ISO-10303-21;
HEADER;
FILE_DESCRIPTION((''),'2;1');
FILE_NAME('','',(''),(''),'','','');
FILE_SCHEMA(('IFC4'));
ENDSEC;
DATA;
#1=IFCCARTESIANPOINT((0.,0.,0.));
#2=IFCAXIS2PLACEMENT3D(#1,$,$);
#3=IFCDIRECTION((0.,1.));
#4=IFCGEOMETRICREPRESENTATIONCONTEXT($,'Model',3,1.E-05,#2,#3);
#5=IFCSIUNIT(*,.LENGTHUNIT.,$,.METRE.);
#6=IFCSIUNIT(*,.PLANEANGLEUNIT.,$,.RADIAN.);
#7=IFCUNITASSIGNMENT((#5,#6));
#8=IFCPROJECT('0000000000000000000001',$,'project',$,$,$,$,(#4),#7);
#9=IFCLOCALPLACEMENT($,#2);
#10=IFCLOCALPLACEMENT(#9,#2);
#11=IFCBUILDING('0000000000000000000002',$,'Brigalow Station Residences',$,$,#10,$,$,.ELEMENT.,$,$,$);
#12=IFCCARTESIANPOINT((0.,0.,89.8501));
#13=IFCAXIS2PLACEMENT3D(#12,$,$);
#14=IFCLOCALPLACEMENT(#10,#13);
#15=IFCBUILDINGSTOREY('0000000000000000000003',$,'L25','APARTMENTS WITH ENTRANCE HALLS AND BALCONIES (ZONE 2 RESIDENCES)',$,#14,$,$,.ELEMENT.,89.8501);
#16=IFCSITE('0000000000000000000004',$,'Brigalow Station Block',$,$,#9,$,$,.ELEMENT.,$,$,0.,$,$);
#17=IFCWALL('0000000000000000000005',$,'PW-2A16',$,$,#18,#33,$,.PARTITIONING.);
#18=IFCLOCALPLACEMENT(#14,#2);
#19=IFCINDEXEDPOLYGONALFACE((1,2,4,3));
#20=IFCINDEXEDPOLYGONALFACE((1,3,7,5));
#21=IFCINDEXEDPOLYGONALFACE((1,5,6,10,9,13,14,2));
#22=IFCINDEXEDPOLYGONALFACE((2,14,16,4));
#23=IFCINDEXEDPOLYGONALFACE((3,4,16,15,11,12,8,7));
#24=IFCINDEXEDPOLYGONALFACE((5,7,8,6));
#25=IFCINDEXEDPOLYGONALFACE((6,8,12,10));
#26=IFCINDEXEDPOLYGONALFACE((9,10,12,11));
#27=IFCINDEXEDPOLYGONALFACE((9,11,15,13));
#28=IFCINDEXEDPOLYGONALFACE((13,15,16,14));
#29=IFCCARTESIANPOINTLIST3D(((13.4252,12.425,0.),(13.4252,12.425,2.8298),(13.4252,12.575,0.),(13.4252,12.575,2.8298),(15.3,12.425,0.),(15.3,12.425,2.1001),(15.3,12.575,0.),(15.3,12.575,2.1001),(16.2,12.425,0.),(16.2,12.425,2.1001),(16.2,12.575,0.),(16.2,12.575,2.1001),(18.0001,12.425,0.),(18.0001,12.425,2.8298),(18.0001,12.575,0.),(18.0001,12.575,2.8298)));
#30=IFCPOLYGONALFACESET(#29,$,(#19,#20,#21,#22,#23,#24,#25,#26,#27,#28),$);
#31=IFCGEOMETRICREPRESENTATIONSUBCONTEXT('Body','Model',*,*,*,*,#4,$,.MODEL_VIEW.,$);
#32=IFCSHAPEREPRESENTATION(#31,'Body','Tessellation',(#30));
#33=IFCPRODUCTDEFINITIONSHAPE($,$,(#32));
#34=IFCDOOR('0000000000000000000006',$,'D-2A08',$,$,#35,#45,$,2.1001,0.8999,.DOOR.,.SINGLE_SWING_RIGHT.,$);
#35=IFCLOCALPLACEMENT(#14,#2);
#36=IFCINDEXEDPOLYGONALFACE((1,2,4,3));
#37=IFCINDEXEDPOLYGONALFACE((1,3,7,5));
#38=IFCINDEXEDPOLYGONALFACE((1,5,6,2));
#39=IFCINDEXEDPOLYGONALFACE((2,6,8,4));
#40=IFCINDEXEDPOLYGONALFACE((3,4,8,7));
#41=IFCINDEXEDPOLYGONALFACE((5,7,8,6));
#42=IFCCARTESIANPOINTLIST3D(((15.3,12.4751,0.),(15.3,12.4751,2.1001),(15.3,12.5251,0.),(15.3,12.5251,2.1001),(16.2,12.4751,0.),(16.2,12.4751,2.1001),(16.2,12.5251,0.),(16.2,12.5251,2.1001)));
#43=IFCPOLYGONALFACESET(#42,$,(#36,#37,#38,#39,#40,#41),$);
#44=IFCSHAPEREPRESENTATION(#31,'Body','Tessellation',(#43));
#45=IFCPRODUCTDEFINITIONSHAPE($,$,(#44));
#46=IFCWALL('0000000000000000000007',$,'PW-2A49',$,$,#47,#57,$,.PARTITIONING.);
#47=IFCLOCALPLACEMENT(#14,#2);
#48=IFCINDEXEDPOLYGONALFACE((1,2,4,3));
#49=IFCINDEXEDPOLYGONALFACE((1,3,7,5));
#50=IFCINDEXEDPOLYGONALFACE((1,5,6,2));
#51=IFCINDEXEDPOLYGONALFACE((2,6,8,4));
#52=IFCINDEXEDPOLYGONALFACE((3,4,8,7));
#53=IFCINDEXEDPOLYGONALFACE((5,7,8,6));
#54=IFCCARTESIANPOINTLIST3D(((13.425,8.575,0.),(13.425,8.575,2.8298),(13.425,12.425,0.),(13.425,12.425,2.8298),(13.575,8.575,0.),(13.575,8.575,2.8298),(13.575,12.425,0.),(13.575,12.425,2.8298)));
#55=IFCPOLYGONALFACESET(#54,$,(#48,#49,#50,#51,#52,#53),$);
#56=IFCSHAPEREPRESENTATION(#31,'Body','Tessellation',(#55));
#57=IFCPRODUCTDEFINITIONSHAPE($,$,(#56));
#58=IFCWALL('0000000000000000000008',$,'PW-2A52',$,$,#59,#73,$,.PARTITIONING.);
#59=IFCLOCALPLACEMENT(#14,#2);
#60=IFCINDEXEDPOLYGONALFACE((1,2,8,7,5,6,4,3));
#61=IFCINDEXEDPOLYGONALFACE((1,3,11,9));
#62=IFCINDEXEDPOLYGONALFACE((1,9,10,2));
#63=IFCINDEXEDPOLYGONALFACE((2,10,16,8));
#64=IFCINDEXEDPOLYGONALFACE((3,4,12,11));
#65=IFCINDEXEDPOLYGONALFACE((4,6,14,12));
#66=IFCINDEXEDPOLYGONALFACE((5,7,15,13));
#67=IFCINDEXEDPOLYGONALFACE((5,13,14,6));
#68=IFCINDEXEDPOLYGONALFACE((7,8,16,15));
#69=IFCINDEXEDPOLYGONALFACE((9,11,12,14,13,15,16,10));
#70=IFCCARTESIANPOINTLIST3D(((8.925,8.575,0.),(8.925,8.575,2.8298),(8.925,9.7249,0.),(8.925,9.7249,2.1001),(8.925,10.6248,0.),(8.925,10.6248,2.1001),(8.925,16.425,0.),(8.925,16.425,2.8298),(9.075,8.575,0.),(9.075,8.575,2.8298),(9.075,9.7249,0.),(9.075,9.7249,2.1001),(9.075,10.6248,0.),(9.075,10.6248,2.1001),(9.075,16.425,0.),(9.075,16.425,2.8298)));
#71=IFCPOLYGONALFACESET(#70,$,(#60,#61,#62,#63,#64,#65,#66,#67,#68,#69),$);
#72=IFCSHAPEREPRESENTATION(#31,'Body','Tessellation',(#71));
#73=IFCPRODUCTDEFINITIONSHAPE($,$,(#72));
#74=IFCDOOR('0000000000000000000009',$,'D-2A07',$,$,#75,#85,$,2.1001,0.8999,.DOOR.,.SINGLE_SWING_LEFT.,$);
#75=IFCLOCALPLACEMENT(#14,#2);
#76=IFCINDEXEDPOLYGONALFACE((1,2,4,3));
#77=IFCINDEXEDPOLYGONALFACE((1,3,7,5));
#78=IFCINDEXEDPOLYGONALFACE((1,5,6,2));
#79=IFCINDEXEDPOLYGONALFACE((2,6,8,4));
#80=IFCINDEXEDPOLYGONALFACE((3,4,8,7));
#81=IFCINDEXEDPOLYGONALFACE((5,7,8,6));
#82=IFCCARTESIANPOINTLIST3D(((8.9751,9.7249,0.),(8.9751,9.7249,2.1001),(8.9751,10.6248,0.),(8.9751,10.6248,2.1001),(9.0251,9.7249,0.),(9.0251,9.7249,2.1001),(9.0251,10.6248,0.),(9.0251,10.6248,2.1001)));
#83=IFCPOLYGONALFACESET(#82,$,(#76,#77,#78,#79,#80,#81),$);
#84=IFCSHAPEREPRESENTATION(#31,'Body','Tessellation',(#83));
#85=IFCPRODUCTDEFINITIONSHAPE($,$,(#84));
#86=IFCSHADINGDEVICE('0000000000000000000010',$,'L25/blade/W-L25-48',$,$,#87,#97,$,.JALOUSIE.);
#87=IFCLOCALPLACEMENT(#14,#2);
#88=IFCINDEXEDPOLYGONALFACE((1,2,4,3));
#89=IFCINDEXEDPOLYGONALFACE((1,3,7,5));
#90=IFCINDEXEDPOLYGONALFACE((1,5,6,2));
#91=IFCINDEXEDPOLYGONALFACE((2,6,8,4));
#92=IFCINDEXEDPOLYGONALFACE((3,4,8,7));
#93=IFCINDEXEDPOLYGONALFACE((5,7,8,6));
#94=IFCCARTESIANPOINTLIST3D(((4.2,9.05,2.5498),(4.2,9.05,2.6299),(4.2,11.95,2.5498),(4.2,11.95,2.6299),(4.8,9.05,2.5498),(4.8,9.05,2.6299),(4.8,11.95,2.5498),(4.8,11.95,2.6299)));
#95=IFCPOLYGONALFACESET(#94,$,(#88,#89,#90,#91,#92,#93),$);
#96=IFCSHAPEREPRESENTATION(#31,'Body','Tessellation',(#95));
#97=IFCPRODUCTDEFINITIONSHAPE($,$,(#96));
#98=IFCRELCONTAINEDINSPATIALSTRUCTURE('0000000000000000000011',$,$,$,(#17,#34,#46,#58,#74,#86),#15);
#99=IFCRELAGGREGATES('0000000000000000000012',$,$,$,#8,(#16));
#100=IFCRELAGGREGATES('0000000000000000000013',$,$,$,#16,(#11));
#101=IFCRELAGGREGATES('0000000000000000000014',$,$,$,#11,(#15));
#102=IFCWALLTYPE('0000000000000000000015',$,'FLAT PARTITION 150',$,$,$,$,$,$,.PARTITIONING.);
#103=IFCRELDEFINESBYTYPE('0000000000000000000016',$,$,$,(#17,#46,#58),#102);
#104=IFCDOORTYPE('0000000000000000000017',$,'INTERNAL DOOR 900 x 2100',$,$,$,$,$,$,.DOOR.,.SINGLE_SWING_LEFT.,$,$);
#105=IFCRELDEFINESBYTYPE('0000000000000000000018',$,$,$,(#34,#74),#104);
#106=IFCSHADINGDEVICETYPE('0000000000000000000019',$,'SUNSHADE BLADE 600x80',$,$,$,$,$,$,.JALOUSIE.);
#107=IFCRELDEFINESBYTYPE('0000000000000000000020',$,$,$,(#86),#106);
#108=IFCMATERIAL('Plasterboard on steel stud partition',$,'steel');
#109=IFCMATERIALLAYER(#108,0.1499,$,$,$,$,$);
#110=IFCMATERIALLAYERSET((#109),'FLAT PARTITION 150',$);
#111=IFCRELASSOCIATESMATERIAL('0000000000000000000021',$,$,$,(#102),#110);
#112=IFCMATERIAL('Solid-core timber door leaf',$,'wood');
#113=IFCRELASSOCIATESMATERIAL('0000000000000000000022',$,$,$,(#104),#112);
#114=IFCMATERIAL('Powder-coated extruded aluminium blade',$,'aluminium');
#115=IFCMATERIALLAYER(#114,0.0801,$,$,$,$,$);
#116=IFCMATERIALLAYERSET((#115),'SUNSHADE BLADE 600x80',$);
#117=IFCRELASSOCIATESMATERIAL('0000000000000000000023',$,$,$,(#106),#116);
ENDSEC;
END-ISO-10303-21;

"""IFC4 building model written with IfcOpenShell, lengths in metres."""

from ifc_helpers import new_model, si_unit, direction, frame, frame_2d, origin, origin_2d, place, context, subcontext, project, spatial, rectangle, extrude, material, layer, layer_set, type_object, element, fill, save


model = new_model("IFC4")

# Units and contexts
model_context = context("Model", 3, precision=1e-05, world=origin(), true_north=direction((0.0, 1.0)))
body_context = subcontext(model_context, "Body", "Model", "MODEL_VIEW")
ifc_project = project(units=[si_unit("LENGTHUNIT", "METRE"), si_unit("PLANEANGLEUNIT", "RADIAN")], contexts=[model_context])

# Site, building, storey
site_placement = place(None, origin())
site = spatial("IfcSite", under=ifc_project, at=site_placement, Name="Brigalow Station Block", CompositionType="ELEMENT", RefElevation=0.0)
building_placement = place(site_placement, origin())
building = spatial("IfcBuilding", under=site, at=building_placement, Name="Brigalow Station Residences", CompositionType="ELEMENT")
storey_placement = place(building_placement, frame((0.0, 0.0, 89.8501)))
storey = spatial("IfcBuildingStorey", under=building, at=storey_placement, Name="L25", Description="APARTMENTS WITH ENTRANCE HALLS AND BALCONIES (ZONE 2 RESIDENCES)", CompositionType="ELEMENT", Elevation=89.8501)

# Wall, opening, door
ifc_material_1 = material(Name="Plasterboard on steel stud partition", Category="steel")
ifc_layer_1 = layer(ifc_material_1, 0.1499)
ifc_layer_set_1 = layer_set([ifc_layer_1], Name="FLAT PARTITION 150")
wall_type_1 = type_object("IfcWallType", Name="FLAT PARTITION 150", PredefinedType="PARTITIONING", material=ifc_layer_set_1)
ifc_material_2 = material(Name="Solid-core timber door leaf", Category="wood")
door_type = type_object("IfcDoorType", Name="INTERNAL DOOR 900 x 2100", OperationType="SINGLE_SWING_LEFT", PredefinedType="DOOR", material=ifc_material_2)
wall_1_placement = place(storey_placement, frame((13.425, 12.5, 0.0), z_axis=(0.0, 0.0, 1.0), x_axis=(1.0, 0.0, 0.0)))
wall_1 = element("IfcWall", 1, at=wall_1_placement, inside=storey, type_object=wall_type_1, Name="PW-2A16", PredefinedType="PARTITIONING", context=body_context, shape_type="SweptSolid", body=[
    extrude(rectangle(XDim=4.575, YDim=0.1499, at=frame_2d((2.2876, 0.0))), origin(), (0.0, 0.0, 1.0), 2.8298),
])
opening_1_placement = place(wall_1_placement, frame((1.875, 0.0, 0.0)))
opening_1 = element("IfcOpeningElement", 2, at=opening_1_placement, cuts=wall_1, PredefinedType="OPENING", context=body_context, shape_type="SweptSolid", body=[
    extrude(rectangle(XDim=0.8999, YDim=2.1001, at=frame_2d((0.45, 1.05))), frame((0.0, 0.085, 0.0), z_axis=(0.0, -1.0, 0.0), x_axis=(1.0, 0.0, 0.0)), (0.0, 0.0, 1.0), 0.1699),
])
door_1_placement = place(opening_1_placement, frame((0.8999, 0.0, 0.0), z_axis=(0.0, 0.0, 1.0), x_axis=(-1.0, 0.0, 0.0)))
door_1 = element("IfcDoor", 3, at=door_1_placement, inside=storey, type_object=door_type, Name="D-2A08", OperationType="SINGLE_SWING_RIGHT", OverallHeight=2.1001, OverallWidth=0.8999, PredefinedType="DOOR", context=body_context, shape_type="SweptSolid", body=[
    extrude(rectangle(XDim=0.8999, YDim=2.1001, at=frame_2d((0.45, 1.05))), frame((0.0, 0.0249, 0.0), z_axis=(0.0, -1.0, 0.0), x_axis=(1.0, 0.0, 0.0)), (0.0, 0.0, 1.0), 0.05),
])
fill(opening_1, door_1)

# Wall
wall_2_placement = place(storey_placement, frame((13.5, 8.575, 0.0), z_axis=(0.0, 0.0, 1.0), x_axis=(0.0, 1.0, 0.0)))
element("IfcWall", 4, at=wall_2_placement, inside=storey, type_object=wall_type_1, Name="PW-2A49", PredefinedType="PARTITIONING", context=body_context, shape_type="SweptSolid", body=[
    extrude(rectangle(XDim=3.8501, YDim=0.1499, at=frame_2d((1.925, 0.0))), origin(), (0.0, 0.0, 1.0), 2.8298),
])

# Wall, opening, door
wall_3_placement = place(storey_placement, frame((9.0, 8.575, 0.0), z_axis=(0.0, 0.0, 1.0), x_axis=(0.0, 1.0, 0.0)))
wall_3 = element("IfcWall", 5, at=wall_3_placement, inside=storey, type_object=wall_type_1, Name="PW-2A52", PredefinedType="PARTITIONING", context=body_context, shape_type="SweptSolid", body=[
    extrude(rectangle(XDim=7.8501, YDim=0.1499, at=frame_2d((3.925, 0.0))), origin(), (0.0, 0.0, 1.0), 2.8298),
])
opening_2_placement = place(wall_3_placement, frame((1.1499, 0.0, 0.0)))
opening_2 = element("IfcOpeningElement", 6, at=opening_2_placement, cuts=wall_3, PredefinedType="OPENING", context=body_context, shape_type="SweptSolid", body=[
    extrude(rectangle(XDim=0.8999, YDim=2.1001, at=frame_2d((0.45, 1.05))), frame((0.0, 0.085, 0.0), z_axis=(0.0, -1.0, 0.0), x_axis=(1.0, 0.0, 0.0)), (0.0, 0.0, 1.0), 0.1699),
])
door_2_placement = place(opening_2_placement, origin())
door_2 = element("IfcDoor", 7, at=door_2_placement, inside=storey, type_object=door_type, Name="D-2A07", OperationType="SINGLE_SWING_LEFT", OverallHeight=2.1001, OverallWidth=0.8999, PredefinedType="DOOR", context=body_context, shape_type="SweptSolid", body=[
    extrude(rectangle(XDim=0.8999, YDim=2.1001, at=frame_2d((0.45, 1.05))), frame((0.0, 0.0249, 0.0), z_axis=(0.0, -1.0, 0.0), x_axis=(1.0, 0.0, 0.0)), (0.0, 0.0, 1.0), 0.05),
])
fill(opening_2, door_2)

# Shading device
ifc_material_3 = material(Name="Powder-coated extruded aluminium blade", Category="aluminium")
ifc_layer_2 = layer(ifc_material_3, 0.0801)
ifc_layer_set_2 = layer_set([ifc_layer_2], Name="SUNSHADE BLADE 600x80")
shading_device_type = type_object("IfcShadingDeviceType", Name="SUNSHADE BLADE 600x80", PredefinedType="JALOUSIE", material=ifc_layer_set_2)
shading_device_placement = place(storey_placement, frame((4.5, 10.5, 2.5498), z_axis=(0.0, 0.0, 1.0), x_axis=(0.0, -1.0, 0.0)))
element("IfcShadingDevice", 8, at=shading_device_placement, inside=storey, type_object=shading_device_type, Name="L25/blade/W-L25-48", PredefinedType="JALOUSIE", context=body_context, shape_type="SweptSolid", body=[
    extrude(rectangle(XDim=2.8999, YDim=0.6001, at=origin_2d()), origin(), (0.0, 0.0, 1.0), 0.0801),
])

save(model, "model.ifc")
